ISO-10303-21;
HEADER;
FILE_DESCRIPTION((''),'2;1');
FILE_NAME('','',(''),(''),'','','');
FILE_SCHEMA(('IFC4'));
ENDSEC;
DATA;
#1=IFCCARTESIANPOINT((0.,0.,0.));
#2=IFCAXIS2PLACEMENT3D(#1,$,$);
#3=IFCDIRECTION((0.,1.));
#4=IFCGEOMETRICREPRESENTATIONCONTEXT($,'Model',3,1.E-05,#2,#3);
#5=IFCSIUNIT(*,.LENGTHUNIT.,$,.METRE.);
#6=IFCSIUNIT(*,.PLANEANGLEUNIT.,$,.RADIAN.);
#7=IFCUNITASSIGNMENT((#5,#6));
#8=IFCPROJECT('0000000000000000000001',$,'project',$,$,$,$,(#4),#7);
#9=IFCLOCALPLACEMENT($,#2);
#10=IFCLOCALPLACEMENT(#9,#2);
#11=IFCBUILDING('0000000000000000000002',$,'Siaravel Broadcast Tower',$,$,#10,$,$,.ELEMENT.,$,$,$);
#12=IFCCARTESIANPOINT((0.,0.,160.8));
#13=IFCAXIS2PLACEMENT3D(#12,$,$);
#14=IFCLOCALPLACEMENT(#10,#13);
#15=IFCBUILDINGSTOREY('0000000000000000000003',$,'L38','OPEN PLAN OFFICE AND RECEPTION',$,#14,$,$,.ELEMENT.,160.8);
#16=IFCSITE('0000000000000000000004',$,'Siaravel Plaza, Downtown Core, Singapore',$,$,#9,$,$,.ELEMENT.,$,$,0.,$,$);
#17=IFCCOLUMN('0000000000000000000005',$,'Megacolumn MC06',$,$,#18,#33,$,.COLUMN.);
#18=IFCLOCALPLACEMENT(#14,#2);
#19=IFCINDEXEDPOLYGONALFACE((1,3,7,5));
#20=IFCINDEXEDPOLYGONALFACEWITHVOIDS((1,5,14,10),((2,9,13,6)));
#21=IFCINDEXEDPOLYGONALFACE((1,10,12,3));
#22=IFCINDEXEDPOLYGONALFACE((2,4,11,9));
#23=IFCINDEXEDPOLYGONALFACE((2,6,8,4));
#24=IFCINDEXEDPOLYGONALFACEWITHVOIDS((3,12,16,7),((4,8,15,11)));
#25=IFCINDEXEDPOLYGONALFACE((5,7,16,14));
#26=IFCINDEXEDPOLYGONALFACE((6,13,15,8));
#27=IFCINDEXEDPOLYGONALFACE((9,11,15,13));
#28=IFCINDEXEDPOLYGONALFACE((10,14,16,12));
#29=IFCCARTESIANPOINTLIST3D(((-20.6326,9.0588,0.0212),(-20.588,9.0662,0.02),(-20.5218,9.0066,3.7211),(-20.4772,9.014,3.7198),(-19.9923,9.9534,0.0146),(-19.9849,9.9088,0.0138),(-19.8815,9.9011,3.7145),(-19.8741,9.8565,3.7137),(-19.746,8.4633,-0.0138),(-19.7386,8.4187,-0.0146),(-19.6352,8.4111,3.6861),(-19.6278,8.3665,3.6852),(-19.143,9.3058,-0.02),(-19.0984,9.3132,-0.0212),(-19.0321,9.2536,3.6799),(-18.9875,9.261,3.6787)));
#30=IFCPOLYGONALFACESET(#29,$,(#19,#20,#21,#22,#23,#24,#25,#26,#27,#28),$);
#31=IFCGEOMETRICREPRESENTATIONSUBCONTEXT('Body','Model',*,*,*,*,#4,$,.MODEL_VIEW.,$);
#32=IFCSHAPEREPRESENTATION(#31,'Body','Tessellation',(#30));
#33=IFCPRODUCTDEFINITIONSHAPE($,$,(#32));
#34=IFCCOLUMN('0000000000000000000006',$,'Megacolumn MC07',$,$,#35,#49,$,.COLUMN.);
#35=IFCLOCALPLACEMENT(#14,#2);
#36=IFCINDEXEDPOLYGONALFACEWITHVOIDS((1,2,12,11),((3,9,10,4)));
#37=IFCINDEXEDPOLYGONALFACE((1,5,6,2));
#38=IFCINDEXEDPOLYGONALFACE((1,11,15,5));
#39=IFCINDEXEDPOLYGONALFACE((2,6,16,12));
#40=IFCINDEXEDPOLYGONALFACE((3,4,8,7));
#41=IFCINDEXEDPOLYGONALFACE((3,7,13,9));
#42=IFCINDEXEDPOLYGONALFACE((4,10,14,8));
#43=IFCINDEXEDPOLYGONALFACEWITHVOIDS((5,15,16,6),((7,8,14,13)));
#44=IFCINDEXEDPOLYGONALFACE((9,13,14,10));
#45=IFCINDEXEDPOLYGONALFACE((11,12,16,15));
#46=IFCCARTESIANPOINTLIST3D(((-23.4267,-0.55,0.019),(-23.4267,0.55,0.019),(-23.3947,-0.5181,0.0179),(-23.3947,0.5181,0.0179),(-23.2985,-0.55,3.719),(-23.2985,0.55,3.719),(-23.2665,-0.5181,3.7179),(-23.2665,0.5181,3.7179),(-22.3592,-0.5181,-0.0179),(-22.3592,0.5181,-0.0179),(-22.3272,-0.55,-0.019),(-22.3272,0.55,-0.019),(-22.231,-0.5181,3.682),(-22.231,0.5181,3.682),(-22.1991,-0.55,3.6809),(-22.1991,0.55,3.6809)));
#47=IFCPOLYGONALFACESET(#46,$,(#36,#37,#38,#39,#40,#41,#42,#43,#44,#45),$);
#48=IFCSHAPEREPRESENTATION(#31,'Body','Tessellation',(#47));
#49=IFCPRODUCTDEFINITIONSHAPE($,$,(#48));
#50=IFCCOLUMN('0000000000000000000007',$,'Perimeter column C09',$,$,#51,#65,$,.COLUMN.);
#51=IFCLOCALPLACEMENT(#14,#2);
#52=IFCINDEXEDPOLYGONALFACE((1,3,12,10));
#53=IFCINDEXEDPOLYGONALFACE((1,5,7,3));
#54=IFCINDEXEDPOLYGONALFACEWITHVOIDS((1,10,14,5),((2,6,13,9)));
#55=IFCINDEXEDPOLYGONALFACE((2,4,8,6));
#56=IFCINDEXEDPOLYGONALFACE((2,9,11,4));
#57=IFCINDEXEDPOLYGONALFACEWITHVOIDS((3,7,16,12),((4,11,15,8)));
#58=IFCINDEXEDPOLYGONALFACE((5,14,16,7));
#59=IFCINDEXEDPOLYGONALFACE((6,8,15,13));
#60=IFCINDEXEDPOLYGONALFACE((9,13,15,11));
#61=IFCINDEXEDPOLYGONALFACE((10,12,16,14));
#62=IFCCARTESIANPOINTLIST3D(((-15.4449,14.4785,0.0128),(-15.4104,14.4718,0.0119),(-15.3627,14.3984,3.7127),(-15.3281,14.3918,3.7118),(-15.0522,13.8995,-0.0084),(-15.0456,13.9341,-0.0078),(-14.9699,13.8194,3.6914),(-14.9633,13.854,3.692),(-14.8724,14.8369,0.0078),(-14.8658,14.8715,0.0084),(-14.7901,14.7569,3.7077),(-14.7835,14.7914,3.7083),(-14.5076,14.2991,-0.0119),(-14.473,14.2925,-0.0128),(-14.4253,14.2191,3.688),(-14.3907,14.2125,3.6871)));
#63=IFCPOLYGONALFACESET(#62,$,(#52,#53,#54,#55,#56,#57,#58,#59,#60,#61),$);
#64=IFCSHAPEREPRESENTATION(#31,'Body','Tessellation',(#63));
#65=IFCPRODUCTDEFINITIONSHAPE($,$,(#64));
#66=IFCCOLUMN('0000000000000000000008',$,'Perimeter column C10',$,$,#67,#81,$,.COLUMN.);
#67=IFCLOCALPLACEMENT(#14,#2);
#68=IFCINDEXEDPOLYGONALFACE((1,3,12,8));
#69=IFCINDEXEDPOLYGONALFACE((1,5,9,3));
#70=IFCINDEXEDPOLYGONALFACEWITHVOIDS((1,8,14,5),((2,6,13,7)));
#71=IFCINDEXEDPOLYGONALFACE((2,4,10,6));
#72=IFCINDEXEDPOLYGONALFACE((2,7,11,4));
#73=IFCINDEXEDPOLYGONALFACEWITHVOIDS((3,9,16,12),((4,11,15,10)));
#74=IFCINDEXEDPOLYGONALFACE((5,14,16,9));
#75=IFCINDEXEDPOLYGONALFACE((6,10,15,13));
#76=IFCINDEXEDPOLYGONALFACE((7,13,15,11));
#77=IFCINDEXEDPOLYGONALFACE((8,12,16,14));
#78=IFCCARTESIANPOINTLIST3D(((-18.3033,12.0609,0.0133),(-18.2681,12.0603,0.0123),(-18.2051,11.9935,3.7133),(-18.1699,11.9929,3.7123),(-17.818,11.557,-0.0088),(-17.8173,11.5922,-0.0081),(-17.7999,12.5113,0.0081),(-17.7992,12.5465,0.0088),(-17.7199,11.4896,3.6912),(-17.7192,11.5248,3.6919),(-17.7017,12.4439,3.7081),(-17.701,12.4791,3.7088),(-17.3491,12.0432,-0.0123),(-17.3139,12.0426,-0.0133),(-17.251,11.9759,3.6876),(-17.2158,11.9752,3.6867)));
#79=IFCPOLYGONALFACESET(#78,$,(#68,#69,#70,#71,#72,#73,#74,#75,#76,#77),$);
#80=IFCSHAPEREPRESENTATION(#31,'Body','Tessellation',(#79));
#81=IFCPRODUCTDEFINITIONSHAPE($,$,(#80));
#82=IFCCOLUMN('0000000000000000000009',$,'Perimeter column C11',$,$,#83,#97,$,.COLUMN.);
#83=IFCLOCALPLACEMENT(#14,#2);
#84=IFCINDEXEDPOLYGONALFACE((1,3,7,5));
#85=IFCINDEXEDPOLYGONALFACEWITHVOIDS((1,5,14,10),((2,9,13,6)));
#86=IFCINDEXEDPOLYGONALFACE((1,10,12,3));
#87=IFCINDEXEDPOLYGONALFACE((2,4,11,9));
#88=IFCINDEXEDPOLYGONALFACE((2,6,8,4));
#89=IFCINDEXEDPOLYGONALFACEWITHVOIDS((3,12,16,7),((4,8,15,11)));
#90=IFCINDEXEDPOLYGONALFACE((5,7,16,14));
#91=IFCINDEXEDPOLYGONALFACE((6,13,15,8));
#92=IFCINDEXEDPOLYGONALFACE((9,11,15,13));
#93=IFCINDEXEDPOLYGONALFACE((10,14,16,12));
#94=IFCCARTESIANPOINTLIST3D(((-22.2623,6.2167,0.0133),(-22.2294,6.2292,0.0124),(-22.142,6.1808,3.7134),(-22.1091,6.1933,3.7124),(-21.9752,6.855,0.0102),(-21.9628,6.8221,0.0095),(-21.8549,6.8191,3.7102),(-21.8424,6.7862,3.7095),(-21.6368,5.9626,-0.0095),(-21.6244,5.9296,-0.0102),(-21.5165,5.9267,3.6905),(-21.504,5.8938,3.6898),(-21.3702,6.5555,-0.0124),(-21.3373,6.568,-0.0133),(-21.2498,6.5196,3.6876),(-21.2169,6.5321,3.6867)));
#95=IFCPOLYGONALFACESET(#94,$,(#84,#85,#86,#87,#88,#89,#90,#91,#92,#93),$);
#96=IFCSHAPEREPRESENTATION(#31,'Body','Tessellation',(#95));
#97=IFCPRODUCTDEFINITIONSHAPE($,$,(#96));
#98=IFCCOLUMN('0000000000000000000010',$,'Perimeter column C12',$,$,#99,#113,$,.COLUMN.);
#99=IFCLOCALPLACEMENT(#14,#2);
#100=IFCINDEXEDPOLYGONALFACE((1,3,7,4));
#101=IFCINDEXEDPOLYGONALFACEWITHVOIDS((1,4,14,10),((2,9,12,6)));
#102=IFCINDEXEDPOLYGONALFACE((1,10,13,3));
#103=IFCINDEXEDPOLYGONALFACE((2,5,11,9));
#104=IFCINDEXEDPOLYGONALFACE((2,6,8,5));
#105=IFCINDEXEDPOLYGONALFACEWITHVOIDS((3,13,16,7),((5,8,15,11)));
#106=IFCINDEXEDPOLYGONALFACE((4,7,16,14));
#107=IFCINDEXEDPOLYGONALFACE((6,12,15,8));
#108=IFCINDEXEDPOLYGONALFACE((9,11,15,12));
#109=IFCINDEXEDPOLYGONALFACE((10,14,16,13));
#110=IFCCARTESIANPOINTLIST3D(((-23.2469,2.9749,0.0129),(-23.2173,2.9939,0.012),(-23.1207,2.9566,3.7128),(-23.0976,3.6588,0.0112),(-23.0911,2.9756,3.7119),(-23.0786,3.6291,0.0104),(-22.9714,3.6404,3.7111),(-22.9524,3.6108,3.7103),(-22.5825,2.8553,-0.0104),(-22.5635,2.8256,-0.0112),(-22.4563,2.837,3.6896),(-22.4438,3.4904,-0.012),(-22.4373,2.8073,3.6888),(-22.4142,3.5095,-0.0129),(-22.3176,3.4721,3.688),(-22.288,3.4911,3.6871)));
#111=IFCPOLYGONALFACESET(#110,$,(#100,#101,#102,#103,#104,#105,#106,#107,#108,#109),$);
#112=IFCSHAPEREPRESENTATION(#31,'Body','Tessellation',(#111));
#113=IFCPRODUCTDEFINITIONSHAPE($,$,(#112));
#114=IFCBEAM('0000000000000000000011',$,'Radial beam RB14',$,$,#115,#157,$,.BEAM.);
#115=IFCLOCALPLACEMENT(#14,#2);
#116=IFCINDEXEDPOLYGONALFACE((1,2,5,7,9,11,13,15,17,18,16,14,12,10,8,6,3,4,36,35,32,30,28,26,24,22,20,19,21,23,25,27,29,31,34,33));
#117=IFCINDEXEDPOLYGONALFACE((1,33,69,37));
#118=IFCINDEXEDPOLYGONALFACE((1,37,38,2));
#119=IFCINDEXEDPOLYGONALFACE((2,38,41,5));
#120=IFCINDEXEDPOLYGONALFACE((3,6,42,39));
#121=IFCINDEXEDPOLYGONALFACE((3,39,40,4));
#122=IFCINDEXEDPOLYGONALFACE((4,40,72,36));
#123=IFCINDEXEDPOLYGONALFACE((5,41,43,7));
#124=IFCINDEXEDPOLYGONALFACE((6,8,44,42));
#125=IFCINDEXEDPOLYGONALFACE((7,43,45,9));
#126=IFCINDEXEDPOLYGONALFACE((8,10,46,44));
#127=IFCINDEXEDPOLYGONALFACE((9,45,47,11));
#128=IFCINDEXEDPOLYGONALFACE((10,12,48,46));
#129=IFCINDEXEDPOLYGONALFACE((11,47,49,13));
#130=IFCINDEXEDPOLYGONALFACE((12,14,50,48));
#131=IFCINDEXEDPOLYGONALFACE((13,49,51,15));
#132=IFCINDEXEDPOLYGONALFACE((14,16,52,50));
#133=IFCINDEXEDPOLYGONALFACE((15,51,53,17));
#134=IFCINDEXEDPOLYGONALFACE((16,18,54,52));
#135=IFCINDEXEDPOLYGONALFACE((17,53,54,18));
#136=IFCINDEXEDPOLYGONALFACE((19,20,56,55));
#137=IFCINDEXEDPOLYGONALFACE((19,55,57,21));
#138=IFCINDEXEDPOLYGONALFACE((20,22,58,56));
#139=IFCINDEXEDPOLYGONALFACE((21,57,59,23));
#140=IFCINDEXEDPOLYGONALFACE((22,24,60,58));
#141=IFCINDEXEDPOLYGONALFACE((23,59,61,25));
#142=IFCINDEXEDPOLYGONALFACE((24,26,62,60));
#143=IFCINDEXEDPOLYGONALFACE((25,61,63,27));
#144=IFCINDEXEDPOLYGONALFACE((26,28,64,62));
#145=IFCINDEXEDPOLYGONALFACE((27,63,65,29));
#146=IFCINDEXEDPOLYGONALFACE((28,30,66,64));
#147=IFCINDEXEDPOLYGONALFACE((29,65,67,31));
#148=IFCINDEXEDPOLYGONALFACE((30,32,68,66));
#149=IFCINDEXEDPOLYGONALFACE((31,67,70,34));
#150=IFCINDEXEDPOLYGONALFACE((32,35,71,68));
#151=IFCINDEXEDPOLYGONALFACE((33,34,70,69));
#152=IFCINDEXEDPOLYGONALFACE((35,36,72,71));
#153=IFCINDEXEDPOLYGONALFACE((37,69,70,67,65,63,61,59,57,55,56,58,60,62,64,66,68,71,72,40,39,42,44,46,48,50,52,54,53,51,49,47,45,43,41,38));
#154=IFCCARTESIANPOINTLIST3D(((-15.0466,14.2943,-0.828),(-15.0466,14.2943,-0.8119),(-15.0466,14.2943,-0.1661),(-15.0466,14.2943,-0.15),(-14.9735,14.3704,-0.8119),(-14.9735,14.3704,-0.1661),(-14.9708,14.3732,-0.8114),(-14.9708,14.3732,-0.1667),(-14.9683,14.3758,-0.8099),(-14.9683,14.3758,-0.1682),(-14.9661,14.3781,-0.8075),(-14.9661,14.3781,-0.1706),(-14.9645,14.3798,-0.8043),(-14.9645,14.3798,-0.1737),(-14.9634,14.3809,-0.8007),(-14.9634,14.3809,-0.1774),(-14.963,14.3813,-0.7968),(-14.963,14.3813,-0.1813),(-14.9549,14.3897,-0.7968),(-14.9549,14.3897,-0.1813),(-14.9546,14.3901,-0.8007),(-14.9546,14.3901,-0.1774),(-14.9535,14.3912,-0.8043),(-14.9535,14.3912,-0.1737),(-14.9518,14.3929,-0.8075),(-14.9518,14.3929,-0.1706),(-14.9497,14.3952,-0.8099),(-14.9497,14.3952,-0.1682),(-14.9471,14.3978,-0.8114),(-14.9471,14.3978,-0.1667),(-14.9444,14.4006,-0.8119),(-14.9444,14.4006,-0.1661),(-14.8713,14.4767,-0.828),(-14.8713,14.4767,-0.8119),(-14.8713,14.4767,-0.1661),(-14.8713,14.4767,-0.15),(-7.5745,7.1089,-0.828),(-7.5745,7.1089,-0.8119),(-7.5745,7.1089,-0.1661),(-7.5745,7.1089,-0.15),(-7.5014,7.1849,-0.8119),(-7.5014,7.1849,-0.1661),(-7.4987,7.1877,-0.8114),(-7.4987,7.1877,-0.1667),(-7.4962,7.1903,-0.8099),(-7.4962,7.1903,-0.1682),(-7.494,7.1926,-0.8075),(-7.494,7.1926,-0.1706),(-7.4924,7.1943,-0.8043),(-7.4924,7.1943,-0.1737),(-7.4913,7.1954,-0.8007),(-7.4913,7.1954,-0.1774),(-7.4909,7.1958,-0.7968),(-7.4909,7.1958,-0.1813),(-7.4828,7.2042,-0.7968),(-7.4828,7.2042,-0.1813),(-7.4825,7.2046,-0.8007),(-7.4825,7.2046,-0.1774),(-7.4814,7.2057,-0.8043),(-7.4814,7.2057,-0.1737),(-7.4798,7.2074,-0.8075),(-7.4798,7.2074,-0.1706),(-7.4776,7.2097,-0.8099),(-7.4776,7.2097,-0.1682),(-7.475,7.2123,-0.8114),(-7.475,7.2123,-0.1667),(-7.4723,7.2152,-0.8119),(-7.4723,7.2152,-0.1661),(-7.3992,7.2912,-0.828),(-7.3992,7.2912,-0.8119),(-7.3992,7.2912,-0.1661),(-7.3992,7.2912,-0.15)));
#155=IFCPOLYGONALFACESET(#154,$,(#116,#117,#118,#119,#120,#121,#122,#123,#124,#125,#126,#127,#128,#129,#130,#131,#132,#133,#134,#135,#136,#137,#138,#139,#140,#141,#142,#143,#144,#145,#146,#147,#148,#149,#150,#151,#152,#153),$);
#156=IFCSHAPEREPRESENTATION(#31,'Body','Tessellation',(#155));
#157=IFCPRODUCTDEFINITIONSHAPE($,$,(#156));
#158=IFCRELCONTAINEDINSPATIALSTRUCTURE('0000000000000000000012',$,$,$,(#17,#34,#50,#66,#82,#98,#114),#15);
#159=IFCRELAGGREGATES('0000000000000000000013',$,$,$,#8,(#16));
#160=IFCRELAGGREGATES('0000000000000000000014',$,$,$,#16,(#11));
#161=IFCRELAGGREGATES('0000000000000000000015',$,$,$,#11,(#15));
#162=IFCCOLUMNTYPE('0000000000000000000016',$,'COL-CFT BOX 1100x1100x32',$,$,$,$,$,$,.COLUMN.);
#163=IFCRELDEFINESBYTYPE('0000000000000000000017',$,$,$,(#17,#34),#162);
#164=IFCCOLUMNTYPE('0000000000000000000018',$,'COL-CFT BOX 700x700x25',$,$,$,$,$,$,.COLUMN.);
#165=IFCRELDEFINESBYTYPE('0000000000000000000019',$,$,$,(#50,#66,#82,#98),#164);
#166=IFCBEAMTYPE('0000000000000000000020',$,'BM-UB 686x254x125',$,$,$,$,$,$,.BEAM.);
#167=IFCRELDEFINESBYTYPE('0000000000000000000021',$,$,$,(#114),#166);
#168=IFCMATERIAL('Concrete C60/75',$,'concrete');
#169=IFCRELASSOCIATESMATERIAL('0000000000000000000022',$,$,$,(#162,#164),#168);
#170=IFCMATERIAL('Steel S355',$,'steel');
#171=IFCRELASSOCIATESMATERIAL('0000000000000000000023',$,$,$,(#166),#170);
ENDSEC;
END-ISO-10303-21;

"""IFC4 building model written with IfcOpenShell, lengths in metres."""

from ifc_helpers import new_model, si_unit, direction, frame, origin, origin_2d, place, context, subcontext, project, spatial, hollow_rectangle, i_section, extrude, material, material_profile, profile_set, type_object, element, save


model = new_model("IFC4")

# Units and contexts
model_context = context("Model", 3, precision=1e-05, world=origin(), true_north=direction((0.0, 1.0)))
body_context = subcontext(model_context, "Body", "Model", "MODEL_VIEW")
ifc_project = project(units=[si_unit("LENGTHUNIT", "METRE"), si_unit("PLANEANGLEUNIT", "RADIAN")], contexts=[model_context])

# Site, building, storey
site_placement = place(None, origin())
site = spatial("IfcSite", under=ifc_project, at=site_placement, Name="Siaravel Plaza, Downtown Core, Singapore", CompositionType="ELEMENT", RefElevation=0.0)
building_placement = place(site_placement, origin())
building = spatial("IfcBuilding", under=site, at=building_placement, Name="Siaravel Broadcast Tower", CompositionType="ELEMENT")
storey_placement = place(building_placement, frame((0.0, 0.0, 160.8)))
storey = spatial("IfcBuildingStorey", under=building, at=storey_placement, Name="L38", Description="OPEN PLAN OFFICE AND RECEPTION", CompositionType="ELEMENT", Elevation=160.8)

# Columns
ifc_material_1 = material(Name="Concrete C60/75", Category="concrete")
ifc_material_profile_1 = material_profile(ifc_material_1, hollow_rectangle(XDim=1.1001, YDim=1.1001, WallThickness=0.032, at=origin_2d()))
ifc_profile_set_1 = profile_set([ifc_material_profile_1], Name="Concrete C60/75")
column_type_1 = type_object("IfcColumnType", Name="COL-CFT BOX 1100x1100x32", PredefinedType="COLUMN", material=ifc_profile_set_1)
column_1_placement = place(storey_placement, frame((-19.8655, 9.186, 0.0), z_axis=(0.029941, -0.014113, 0.999452), x_axis=(0.582028, 0.813147, -0.005954)))
element("IfcColumn", 1, at=column_1_placement, inside=storey, type_object=column_type_1, Name="Megacolumn MC06", PredefinedType="COLUMN", context=body_context, shape_type="SweptSolid", body=[
    extrude(hollow_rectangle(XDim=1.1001, YDim=1.1001, WallThickness=0.032, at=origin_2d()), origin(), (0.0, 0.0, 1.0), 3.7019),
])
column_2_placement = place(storey_placement, frame((-22.877, 0.0, 0.0), z_axis=(0.034621, 0.0, 0.999401), x_axis=(0.0, 1.0, 0.0)))
element("IfcColumn", 2, at=column_2_placement, inside=storey, type_object=column_type_1, Name="Megacolumn MC07", PredefinedType="COLUMN", context=body_context, shape_type="SweptSolid", body=[
    extrude(hollow_rectangle(XDim=1.1001, YDim=1.1001, WallThickness=0.032, at=origin_2d()), origin(), (0.0, 0.0, 1.0), 3.7021),
])
ifc_material_profile_2 = material_profile(ifc_material_1, hollow_rectangle(XDim=0.7, YDim=0.7, WallThickness=0.0249, at=origin_2d()))
ifc_profile_set_2 = profile_set([ifc_material_profile_2], Name="Concrete C60/75")
column_type_2 = type_object("IfcColumnType", Name="COL-CFT BOX 700x700x25", PredefinedType="COLUMN", material=ifc_profile_set_2)
column_3_placement = place(storey_placement, frame((-14.959, 14.3855, 0.0), z_axis=(0.022226, -0.021633, 0.999519), x_axis=(0.827429, 0.561536, -0.006246)))
element("IfcColumn", 3, at=column_3_placement, inside=storey, type_object=column_type_2, Name="Perimeter column C09", PredefinedType="COLUMN", context=body_context, shape_type="SweptSolid", body=[
    extrude(hollow_rectangle(XDim=0.7, YDim=0.7, WallThickness=0.0249, at=origin_2d()), origin(), (0.0, 0.0, 1.0), 3.7017),
])
column_4_placement = place(storey_placement, frame((-17.8086, 12.0518, 0.0), z_axis=(0.026512, -0.018202, 0.999483), x_axis=(0.720165, 0.693772, -0.006468)))
element("IfcColumn", 4, at=column_4_placement, inside=storey, type_object=column_type_2, Name="Perimeter column C10", PredefinedType="COLUMN", context=body_context, shape_type="SweptSolid", body=[
    extrude(hollow_rectangle(XDim=0.7, YDim=0.7, WallThickness=0.0249, at=origin_2d()), origin(), (0.0, 0.0, 1.0), 3.7019),
])
for number, where, z_axis, x_axis, name in (
    (5, (-21.7998, 6.3923, 0.0), (0.032512, -0.009694, 0.999424), (0.41014, 0.912011, -0.004496), "Perimeter column C11"),
    (6, (-22.8306, 3.2422, 0.0), (0.034094, -0.004946, 0.999406), (0.213333, 0.976977, -0.002443), "Perimeter column C12"),
):
    element("IfcColumn", number, at=place(storey_placement, frame(where, z_axis=z_axis, x_axis=x_axis)), inside=storey, type_object=column_type_2, Name=name, PredefinedType="COLUMN", context=body_context, shape_type="SweptSolid", body=[
        extrude(hollow_rectangle(XDim=0.7, YDim=0.7, WallThickness=0.0249, at=origin_2d()), origin(), (0.0, 0.0, 1.0), 3.7021),
    ])

# Beam
ifc_material_2 = material(Name="Steel S355", Category="steel")
ifc_material_profile_3 = material_profile(ifc_material_2, i_section(OverallWidth=0.2529, OverallDepth=0.678, WebThickness=0.0117, FlangeThickness=0.0161, FilletRadius=0.0151, at=origin_2d()))
ifc_profile_set_3 = profile_set([ifc_material_profile_3], Name="Steel S355")
beam_type = type_object("IfcBeamType", Name="BM-UB 686x254x125", PredefinedType="BEAM", material=ifc_profile_set_3)
beam_1_placement = place(storey_placement, frame((-14.959, 14.3855, -0.489), z_axis=(0.720796, -0.693147, 0.0), x_axis=(0.693147, 0.720796, 0.0)))
element("IfcBeam", 7, at=beam_1_placement, inside=storey, type_object=beam_type, Name="Radial beam RB14", PredefinedType="BEAM", context=body_context, shape_type="SweptSolid", body=[
    extrude(i_section(OverallWidth=0.2529, OverallDepth=0.678, WebThickness=0.0117, FlangeThickness=0.0161, FilletRadius=0.0151, at=origin_2d()), origin(), (0.0, 0.0, 1.0), 10.3665),
])

save(model, "model.ifc")
